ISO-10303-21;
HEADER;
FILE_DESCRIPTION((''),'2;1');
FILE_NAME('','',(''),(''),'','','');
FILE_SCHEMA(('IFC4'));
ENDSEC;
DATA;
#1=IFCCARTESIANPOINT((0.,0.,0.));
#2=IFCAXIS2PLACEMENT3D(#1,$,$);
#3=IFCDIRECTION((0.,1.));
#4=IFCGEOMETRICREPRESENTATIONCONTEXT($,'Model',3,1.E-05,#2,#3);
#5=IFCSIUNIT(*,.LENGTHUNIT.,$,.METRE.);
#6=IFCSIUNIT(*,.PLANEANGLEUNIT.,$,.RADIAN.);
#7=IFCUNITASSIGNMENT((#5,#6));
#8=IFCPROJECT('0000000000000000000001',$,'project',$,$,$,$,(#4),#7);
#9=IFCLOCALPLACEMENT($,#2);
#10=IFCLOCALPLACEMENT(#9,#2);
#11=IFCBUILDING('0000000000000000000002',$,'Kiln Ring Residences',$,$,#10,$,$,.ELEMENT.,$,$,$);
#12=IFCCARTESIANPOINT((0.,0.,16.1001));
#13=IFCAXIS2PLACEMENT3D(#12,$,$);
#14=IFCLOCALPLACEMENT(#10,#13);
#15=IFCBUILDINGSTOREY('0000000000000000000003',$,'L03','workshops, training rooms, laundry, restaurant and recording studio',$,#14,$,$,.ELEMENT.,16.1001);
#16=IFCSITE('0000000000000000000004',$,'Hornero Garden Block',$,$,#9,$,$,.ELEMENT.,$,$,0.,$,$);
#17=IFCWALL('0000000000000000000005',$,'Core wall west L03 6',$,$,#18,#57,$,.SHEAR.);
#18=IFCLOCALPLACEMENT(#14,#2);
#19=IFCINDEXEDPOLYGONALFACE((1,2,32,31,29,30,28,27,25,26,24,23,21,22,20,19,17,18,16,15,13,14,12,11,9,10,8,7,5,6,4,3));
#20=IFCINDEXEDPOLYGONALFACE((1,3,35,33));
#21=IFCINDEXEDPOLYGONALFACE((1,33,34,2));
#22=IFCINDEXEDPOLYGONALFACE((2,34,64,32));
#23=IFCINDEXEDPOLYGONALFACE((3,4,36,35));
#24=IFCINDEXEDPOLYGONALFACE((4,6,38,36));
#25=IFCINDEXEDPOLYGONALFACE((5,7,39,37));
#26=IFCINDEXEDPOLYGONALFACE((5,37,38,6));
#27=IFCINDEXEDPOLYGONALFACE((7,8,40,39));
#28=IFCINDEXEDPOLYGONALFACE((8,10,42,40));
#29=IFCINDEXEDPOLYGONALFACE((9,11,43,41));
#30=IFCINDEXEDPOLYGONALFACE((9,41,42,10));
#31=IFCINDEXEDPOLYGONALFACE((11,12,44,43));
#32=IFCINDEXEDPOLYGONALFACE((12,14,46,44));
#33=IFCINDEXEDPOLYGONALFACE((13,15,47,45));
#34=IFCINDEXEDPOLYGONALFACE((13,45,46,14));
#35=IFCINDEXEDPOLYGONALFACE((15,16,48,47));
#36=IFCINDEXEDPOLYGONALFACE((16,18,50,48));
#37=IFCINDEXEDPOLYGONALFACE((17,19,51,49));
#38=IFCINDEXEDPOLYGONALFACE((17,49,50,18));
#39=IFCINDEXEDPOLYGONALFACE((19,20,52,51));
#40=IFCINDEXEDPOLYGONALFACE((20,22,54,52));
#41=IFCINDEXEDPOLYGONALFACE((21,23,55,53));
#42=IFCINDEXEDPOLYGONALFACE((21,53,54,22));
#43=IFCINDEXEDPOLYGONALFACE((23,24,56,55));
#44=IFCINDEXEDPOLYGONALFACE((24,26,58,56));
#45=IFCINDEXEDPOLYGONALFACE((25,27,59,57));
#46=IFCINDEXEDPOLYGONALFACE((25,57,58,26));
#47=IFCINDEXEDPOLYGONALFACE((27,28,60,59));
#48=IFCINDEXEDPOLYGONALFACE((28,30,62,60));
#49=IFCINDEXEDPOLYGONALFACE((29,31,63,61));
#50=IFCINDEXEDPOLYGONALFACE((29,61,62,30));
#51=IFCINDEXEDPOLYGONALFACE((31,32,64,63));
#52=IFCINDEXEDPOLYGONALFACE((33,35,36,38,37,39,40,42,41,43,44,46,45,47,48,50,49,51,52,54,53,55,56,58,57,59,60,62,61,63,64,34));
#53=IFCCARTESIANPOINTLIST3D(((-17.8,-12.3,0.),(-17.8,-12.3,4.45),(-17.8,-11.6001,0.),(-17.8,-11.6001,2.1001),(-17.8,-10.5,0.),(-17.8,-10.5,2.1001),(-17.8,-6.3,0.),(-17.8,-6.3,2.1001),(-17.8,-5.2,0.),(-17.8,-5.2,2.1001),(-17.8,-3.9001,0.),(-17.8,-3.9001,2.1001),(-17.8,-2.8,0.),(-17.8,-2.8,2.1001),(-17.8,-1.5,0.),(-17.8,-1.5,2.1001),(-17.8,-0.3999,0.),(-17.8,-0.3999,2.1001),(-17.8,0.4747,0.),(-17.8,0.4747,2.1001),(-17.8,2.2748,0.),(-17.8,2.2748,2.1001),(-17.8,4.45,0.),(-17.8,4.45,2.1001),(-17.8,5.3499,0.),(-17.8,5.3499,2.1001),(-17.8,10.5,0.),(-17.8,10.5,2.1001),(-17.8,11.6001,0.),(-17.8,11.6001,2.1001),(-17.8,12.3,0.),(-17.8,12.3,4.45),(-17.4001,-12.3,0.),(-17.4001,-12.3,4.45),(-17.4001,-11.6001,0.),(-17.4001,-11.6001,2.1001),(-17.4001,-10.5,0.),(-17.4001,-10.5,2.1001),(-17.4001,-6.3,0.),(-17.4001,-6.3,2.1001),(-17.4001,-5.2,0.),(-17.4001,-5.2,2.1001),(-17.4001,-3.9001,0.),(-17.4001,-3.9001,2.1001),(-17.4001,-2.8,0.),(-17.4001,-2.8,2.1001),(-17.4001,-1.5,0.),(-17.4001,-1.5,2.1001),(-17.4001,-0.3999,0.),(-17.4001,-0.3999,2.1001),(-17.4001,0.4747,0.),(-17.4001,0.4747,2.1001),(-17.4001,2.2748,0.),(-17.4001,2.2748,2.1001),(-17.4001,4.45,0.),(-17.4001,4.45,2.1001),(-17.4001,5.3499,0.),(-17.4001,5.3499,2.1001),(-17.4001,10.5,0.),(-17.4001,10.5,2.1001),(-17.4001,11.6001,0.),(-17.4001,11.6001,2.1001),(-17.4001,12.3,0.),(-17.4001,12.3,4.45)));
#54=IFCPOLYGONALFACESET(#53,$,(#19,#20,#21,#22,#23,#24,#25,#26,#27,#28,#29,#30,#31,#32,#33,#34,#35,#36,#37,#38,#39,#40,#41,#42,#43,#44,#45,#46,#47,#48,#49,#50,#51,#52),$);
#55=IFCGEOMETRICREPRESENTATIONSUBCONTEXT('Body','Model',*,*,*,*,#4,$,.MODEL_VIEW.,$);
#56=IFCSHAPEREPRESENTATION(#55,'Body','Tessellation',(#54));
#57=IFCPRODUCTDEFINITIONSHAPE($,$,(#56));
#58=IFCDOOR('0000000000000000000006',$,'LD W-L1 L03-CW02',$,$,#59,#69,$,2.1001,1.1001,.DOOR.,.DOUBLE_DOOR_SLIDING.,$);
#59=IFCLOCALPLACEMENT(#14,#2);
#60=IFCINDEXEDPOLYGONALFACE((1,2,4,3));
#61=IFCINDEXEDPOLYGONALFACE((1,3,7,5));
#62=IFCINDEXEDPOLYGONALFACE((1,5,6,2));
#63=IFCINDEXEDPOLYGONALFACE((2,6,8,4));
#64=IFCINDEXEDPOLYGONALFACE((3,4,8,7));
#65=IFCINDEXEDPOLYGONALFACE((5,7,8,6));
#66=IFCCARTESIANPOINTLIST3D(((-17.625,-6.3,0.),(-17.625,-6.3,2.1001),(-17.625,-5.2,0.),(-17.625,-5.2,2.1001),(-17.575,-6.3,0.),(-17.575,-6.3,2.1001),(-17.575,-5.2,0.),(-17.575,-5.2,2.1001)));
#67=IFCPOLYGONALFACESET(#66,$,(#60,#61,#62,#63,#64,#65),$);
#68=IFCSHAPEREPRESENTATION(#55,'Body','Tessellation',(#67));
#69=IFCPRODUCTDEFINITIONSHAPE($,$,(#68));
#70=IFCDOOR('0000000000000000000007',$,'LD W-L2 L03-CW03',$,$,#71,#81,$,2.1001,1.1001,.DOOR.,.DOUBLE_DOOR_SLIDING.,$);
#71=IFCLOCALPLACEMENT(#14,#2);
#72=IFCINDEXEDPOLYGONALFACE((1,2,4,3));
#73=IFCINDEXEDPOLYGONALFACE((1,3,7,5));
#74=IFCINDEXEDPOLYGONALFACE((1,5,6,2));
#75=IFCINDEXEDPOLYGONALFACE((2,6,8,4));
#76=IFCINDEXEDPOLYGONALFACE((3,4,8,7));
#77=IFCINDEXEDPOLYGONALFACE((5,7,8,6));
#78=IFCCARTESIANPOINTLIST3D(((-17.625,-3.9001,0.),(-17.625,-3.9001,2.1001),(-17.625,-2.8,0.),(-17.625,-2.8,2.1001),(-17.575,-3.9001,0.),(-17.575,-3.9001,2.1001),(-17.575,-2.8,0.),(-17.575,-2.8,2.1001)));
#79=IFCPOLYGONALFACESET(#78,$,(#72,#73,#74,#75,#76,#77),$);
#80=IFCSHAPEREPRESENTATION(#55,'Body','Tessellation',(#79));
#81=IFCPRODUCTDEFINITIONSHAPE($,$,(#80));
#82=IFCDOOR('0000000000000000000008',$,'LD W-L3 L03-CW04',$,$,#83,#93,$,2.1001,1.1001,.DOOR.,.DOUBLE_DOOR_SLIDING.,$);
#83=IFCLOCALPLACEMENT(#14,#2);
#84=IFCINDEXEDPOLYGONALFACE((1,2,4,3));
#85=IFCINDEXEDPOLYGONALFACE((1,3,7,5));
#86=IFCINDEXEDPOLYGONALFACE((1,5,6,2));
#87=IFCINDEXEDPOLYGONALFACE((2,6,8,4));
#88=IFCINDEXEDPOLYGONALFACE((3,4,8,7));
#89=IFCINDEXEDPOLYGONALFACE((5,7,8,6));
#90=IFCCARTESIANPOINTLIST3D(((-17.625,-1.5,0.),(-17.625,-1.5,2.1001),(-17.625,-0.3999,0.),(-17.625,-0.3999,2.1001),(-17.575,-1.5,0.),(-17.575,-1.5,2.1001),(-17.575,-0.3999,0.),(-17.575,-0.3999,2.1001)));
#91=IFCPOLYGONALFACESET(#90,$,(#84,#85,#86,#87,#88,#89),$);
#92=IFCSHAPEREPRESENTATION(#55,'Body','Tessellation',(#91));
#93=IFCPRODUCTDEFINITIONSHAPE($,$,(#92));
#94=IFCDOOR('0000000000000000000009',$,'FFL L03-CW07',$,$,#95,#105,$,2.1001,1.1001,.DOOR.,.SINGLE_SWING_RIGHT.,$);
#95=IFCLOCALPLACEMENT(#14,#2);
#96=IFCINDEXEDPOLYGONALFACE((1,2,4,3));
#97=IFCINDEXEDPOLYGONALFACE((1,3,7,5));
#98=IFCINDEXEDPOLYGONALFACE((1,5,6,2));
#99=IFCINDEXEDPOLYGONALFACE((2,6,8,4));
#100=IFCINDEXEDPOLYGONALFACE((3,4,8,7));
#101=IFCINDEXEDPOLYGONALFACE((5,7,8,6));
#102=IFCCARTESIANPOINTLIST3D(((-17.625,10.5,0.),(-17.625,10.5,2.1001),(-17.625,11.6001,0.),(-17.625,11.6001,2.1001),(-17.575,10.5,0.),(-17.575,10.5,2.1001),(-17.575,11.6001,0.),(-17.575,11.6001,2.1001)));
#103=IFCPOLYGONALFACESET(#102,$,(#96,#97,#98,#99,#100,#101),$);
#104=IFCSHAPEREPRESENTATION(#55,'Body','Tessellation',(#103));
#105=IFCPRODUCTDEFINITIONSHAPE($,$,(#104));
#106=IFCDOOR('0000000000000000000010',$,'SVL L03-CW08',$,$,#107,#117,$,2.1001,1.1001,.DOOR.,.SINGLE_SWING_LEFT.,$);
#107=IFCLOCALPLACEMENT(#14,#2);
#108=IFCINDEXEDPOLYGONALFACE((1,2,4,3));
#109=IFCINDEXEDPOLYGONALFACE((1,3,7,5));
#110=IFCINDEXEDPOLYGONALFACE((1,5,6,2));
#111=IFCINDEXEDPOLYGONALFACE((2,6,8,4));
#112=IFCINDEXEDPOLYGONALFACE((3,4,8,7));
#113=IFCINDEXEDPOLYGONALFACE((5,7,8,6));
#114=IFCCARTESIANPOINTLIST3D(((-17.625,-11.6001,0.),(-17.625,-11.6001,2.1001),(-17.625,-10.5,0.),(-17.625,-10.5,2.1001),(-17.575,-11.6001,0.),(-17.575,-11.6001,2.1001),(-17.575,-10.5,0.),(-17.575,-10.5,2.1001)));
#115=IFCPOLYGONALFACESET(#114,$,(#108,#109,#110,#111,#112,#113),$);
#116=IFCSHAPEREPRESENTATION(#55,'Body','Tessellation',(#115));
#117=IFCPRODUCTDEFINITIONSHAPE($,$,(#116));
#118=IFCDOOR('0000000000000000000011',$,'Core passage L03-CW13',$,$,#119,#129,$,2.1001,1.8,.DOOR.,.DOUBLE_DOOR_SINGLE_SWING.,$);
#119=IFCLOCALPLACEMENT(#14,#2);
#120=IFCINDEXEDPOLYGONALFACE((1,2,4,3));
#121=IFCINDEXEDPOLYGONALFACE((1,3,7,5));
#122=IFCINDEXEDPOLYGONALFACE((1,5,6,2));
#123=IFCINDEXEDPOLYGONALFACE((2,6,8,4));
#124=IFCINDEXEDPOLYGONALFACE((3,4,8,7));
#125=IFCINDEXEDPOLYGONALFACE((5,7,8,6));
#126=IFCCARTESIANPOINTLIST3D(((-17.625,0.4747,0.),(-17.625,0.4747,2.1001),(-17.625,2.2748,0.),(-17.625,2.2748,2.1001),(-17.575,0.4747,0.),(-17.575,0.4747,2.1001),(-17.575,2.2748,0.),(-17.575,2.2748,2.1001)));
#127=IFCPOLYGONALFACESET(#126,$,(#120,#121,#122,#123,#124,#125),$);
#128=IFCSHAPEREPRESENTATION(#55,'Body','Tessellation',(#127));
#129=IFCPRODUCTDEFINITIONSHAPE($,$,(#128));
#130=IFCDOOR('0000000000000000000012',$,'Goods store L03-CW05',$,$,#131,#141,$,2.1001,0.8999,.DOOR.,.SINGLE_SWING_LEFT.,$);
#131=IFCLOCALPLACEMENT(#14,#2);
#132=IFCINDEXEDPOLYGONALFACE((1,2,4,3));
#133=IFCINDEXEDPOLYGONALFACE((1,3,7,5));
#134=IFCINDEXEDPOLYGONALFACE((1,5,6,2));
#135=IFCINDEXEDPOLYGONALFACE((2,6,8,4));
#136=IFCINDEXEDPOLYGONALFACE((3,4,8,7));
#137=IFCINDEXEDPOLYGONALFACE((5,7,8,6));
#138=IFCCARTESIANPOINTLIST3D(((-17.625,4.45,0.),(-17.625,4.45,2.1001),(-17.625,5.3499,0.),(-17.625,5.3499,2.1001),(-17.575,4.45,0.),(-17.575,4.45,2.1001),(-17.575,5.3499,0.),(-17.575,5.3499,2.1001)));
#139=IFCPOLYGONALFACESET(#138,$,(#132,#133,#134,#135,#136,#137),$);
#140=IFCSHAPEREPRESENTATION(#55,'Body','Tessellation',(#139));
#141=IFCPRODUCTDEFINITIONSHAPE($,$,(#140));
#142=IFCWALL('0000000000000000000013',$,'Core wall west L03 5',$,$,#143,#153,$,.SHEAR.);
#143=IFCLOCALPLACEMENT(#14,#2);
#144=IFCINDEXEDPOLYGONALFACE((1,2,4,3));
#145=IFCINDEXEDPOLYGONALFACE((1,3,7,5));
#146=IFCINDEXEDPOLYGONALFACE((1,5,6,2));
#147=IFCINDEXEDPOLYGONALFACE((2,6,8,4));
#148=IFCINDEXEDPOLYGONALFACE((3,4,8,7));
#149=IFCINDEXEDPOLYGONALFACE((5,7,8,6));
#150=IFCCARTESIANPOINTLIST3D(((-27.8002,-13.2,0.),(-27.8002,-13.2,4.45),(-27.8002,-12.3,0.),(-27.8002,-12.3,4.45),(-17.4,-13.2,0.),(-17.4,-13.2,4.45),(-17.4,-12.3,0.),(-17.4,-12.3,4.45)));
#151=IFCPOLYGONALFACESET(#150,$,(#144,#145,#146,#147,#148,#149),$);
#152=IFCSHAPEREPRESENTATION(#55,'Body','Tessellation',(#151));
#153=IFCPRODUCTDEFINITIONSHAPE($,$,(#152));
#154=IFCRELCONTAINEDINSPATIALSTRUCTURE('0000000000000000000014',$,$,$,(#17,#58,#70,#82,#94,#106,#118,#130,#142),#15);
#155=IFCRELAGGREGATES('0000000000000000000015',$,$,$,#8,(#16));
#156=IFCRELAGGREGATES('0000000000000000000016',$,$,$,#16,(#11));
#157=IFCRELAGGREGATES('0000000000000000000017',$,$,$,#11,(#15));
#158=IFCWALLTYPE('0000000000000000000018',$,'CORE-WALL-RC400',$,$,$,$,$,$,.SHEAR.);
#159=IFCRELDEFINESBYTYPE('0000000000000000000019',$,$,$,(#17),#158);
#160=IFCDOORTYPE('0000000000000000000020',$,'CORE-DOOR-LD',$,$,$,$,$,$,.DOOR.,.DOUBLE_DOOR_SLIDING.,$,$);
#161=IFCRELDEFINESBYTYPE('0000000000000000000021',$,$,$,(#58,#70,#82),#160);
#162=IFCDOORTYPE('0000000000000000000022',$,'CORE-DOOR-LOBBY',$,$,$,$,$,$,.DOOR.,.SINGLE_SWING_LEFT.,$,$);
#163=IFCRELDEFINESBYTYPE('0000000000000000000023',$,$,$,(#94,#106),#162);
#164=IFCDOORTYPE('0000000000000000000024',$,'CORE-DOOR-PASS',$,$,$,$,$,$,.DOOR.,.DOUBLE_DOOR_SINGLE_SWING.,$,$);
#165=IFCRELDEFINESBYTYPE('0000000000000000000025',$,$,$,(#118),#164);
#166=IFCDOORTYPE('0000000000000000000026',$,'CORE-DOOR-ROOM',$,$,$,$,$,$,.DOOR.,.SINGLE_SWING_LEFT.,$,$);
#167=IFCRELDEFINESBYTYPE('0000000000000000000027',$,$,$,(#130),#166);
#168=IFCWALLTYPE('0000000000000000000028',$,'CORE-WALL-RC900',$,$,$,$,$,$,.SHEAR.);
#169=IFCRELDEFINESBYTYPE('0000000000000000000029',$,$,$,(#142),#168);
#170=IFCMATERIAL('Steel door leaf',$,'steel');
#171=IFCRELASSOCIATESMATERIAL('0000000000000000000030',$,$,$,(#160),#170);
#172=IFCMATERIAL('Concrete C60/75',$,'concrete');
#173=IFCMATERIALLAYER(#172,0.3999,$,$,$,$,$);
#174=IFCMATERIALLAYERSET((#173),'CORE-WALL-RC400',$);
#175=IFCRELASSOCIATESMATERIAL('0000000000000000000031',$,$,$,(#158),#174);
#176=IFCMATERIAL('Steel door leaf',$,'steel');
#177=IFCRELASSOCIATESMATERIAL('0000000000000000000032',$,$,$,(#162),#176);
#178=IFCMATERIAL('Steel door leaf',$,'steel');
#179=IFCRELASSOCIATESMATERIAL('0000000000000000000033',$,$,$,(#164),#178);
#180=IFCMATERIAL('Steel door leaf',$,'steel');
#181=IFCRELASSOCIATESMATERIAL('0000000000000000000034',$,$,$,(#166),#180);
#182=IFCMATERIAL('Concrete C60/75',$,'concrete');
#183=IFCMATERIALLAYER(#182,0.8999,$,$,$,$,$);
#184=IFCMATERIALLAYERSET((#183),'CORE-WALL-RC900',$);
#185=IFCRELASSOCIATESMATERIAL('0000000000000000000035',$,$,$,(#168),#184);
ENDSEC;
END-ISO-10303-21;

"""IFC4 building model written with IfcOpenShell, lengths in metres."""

from ifc_helpers import new_model, si_unit, direction, frame, frame_2d, origin, place, context, subcontext, project, spatial, rectangle, extrude, material, layer, layer_set, type_object, element, fill, save


model = new_model("IFC4")

# Units and contexts
model_context = context("Model", 3, precision=1e-05, world=origin(), true_north=direction((0.0, 1.0)))
body_context = subcontext(model_context, "Body", "Model", "MODEL_VIEW")
ifc_project = project(units=[si_unit("LENGTHUNIT", "METRE"), si_unit("PLANEANGLEUNIT", "RADIAN")], contexts=[model_context])

# Site, building, storey
site_placement = place(None, origin())
site = spatial("IfcSite", under=ifc_project, at=site_placement, Name="Hornero Garden Block", CompositionType="ELEMENT", RefElevation=0.0)
building_placement = place(site_placement, origin())
building = spatial("IfcBuilding", under=site, at=building_placement, Name="Kiln Ring Residences", CompositionType="ELEMENT")
storey_placement = place(building_placement, frame((0.0, 0.0, 16.1001)))
storey = spatial("IfcBuildingStorey", under=building, at=storey_placement, Name="L03", Description="workshops, training rooms, laundry, restaurant and recording studio", CompositionType="ELEMENT", Elevation=16.1001)

# Wall, openings, doors
ifc_material_1 = material(Name="Steel door leaf", Category="steel")
door_type_1 = type_object("IfcDoorType", Name="CORE-DOOR-LD", OperationType="DOUBLE_DOOR_SLIDING", PredefinedType="DOOR", material=ifc_material_1)
ifc_material_2 = material(Name="Concrete C60/75", Category="concrete")
ifc_layer_1 = layer(ifc_material_2, 0.3999)
ifc_layer_set_1 = layer_set([ifc_layer_1], Name="CORE-WALL-RC400")
wall_type_1 = type_object("IfcWallType", Name="CORE-WALL-RC400", PredefinedType="SHEAR", material=ifc_layer_set_1)
wall_1_placement = place(storey_placement, frame((-17.6001, -12.3, 0.0), z_axis=(0.0, 0.0, 1.0), x_axis=(0.0, 1.0, 0.0)))
wall_1 = element("IfcWall", 1, at=wall_1_placement, inside=storey, type_object=wall_type_1, Name="Core wall west L03 6", PredefinedType="SHEAR", context=body_context, shape_type="SweptSolid", body=[
    extrude(rectangle(XDim=24.6001, YDim=0.3999, at=frame_2d((12.3, 0.0))), origin(), (0.0, 0.0, 1.0), 4.45),
])
opening_1_placement = place(wall_1_placement, frame((6.0, 0.0, 0.0)))
opening_1 = element("IfcOpeningElement", 2, at=opening_1_placement, cuts=wall_1, PredefinedType="OPENING", context=body_context, shape_type="SweptSolid", body=[
    extrude(rectangle(XDim=1.1001, YDim=2.1001, at=frame_2d((0.55, 1.05))), frame((0.0, 0.21, 0.0), z_axis=(0.0, -1.0, 0.0), x_axis=(1.0, 0.0, 0.0)), (0.0, 0.0, 1.0), 0.4199),
])
opening_2_placement = place(wall_1_placement, frame((8.3999, 0.0, 0.0)))
opening_2 = element("IfcOpeningElement", 3, at=opening_2_placement, cuts=wall_1, PredefinedType="OPENING", context=body_context, shape_type="SweptSolid", body=[
    extrude(rectangle(XDim=1.1001, YDim=2.1001, at=frame_2d((0.55, 1.05))), frame((0.0, 0.21, 0.0), z_axis=(0.0, -1.0, 0.0), x_axis=(1.0, 0.0, 0.0)), (0.0, 0.0, 1.0), 0.4199),
])
opening_3_placement = place(wall_1_placement, frame((10.8, 0.0, 0.0)))
opening_3 = element("IfcOpeningElement", 4, at=opening_3_placement, cuts=wall_1, PredefinedType="OPENING", context=body_context, shape_type="SweptSolid", body=[
    extrude(rectangle(XDim=1.1001, YDim=2.1001, at=frame_2d((0.55, 1.05))), frame((0.0, 0.21, 0.0), z_axis=(0.0, -1.0, 0.0), x_axis=(1.0, 0.0, 0.0)), (0.0, 0.0, 1.0), 0.4199),
])
opening_4_placement = place(wall_1_placement, frame((16.75, 0.0, 0.0)))
opening_4 = element("IfcOpeningElement", 5, at=opening_4_placement, cuts=wall_1, PredefinedType="OPENING", context=body_context, shape_type="SweptSolid", body=[
    extrude(rectangle(XDim=0.8999, YDim=2.1001, at=frame_2d((0.45, 1.05))), frame((0.0, 0.21, 0.0), z_axis=(0.0, -1.0, 0.0), x_axis=(1.0, 0.0, 0.0)), (0.0, 0.0, 1.0), 0.4199),
])
opening_5_placement = place(wall_1_placement, frame((22.8, 0.0, 0.0)))
opening_5 = element("IfcOpeningElement", 6, at=opening_5_placement, cuts=wall_1, PredefinedType="OPENING", context=body_context, shape_type="SweptSolid", body=[
    extrude(rectangle(XDim=1.1001, YDim=2.1001, at=frame_2d((0.55, 1.05))), frame((0.0, 0.21, 0.0), z_axis=(0.0, -1.0, 0.0), x_axis=(1.0, 0.0, 0.0)), (0.0, 0.0, 1.0), 0.4199),
])
opening_6_placement = place(wall_1_placement, frame((0.7, 0.0, 0.0)))
opening_6 = element("IfcOpeningElement", 7, at=opening_6_placement, cuts=wall_1, PredefinedType="OPENING", context=body_context, shape_type="SweptSolid", body=[
    extrude(rectangle(XDim=1.1001, YDim=2.1001, at=frame_2d((0.55, 1.05))), frame((0.0, 0.21, 0.0), z_axis=(0.0, -1.0, 0.0), x_axis=(1.0, 0.0, 0.0)), (0.0, 0.0, 1.0), 0.4199),
])
opening_7_placement = place(wall_1_placement, frame((12.7749, 0.0, 0.0)))
opening_7 = element("IfcOpeningElement", 8, at=opening_7_placement, cuts=wall_1, PredefinedType="OPENING", context=body_context, shape_type="SweptSolid", body=[
    extrude(rectangle(XDim=1.8, YDim=2.1001, at=frame_2d((0.8999, 1.05))), frame((0.0, 0.21, 0.0), z_axis=(0.0, -1.0, 0.0), x_axis=(1.0, 0.0, 0.0)), (0.0, 0.0, 1.0), 0.4199),
])
door_1_placement = place(opening_1_placement, origin())
door_1 = element("IfcDoor", 9, at=door_1_placement, inside=storey, type_object=door_type_1, Name="LD W-L1 L03-CW02", OperationType="DOUBLE_DOOR_SLIDING", OverallHeight=2.1001, OverallWidth=1.1001, PredefinedType="DOOR", context=body_context, shape_type="SweptSolid", body=[
    extrude(rectangle(XDim=1.1001, YDim=2.1001, at=frame_2d((0.55, 1.05))), frame((0.0, 0.0249, 0.0), z_axis=(0.0, -1.0, 0.0), x_axis=(1.0, 0.0, 0.0)), (0.0, 0.0, 1.0), 0.05),
])
fill(opening_1, door_1)
door_2_placement = place(opening_2_placement, origin())
door_2 = element("IfcDoor", 10, at=door_2_placement, inside=storey, type_object=door_type_1, Name="LD W-L2 L03-CW03", OperationType="DOUBLE_DOOR_SLIDING", OverallHeight=2.1001, OverallWidth=1.1001, PredefinedType="DOOR", context=body_context, shape_type="SweptSolid", body=[
    extrude(rectangle(XDim=1.1001, YDim=2.1001, at=frame_2d((0.55, 1.05))), frame((0.0, 0.0249, 0.0), z_axis=(0.0, -1.0, 0.0), x_axis=(1.0, 0.0, 0.0)), (0.0, 0.0, 1.0), 0.05),
])
fill(opening_2, door_2)
door_3_placement = place(opening_3_placement, origin())
door_3 = element("IfcDoor", 11, at=door_3_placement, inside=storey, type_object=door_type_1, Name="LD W-L3 L03-CW04", OperationType="DOUBLE_DOOR_SLIDING", OverallHeight=2.1001, OverallWidth=1.1001, PredefinedType="DOOR", context=body_context, shape_type="SweptSolid", body=[
    extrude(rectangle(XDim=1.1001, YDim=2.1001, at=frame_2d((0.55, 1.05))), frame((0.0, 0.0249, 0.0), z_axis=(0.0, -1.0, 0.0), x_axis=(1.0, 0.0, 0.0)), (0.0, 0.0, 1.0), 0.05),
])
fill(opening_3, door_3)
ifc_material_3 = material(Name="Steel door leaf", Category="steel")
door_type_2 = type_object("IfcDoorType", Name="CORE-DOOR-LOBBY", OperationType="SINGLE_SWING_LEFT", PredefinedType="DOOR", material=ifc_material_3)
door_4_placement = place(opening_5_placement, origin())
door_4 = element("IfcDoor", 12, at=door_4_placement, inside=storey, type_object=door_type_2, Name="FFL L03-CW07", OperationType="SINGLE_SWING_RIGHT", OverallHeight=2.1001, OverallWidth=1.1001, PredefinedType="DOOR", context=body_context, shape_type="SweptSolid", body=[
    extrude(rectangle(XDim=1.1001, YDim=2.1001, at=frame_2d((0.55, 1.05))), frame((0.0, 0.0249, 0.0), z_axis=(0.0, -1.0, 0.0), x_axis=(1.0, 0.0, 0.0)), (0.0, 0.0, 1.0), 0.05),
])
fill(opening_5, door_4)
door_5_placement = place(opening_6_placement, origin())
door_5 = element("IfcDoor", 13, at=door_5_placement, inside=storey, type_object=door_type_2, Name="SVL L03-CW08", OperationType="SINGLE_SWING_LEFT", OverallHeight=2.1001, OverallWidth=1.1001, PredefinedType="DOOR", context=body_context, shape_type="SweptSolid", body=[
    extrude(rectangle(XDim=1.1001, YDim=2.1001, at=frame_2d((0.55, 1.05))), frame((0.0, 0.0249, 0.0), z_axis=(0.0, -1.0, 0.0), x_axis=(1.0, 0.0, 0.0)), (0.0, 0.0, 1.0), 0.05),
])
fill(opening_6, door_5)
ifc_material_4 = material(Name="Steel door leaf", Category="steel")
door_type_3 = type_object("IfcDoorType", Name="CORE-DOOR-PASS", OperationType="DOUBLE_DOOR_SINGLE_SWING", PredefinedType="DOOR", material=ifc_material_4)
door_6_placement = place(opening_7_placement, origin())
door_6 = element("IfcDoor", 14, at=door_6_placement, inside=storey, type_object=door_type_3, Name="Core passage L03-CW13", OperationType="DOUBLE_DOOR_SINGLE_SWING", OverallHeight=2.1001, OverallWidth=1.8, PredefinedType="DOOR", context=body_context, shape_type="SweptSolid", body=[
    extrude(rectangle(XDim=1.8, YDim=2.1001, at=frame_2d((0.8999, 1.05))), frame((0.0, 0.0249, 0.0), z_axis=(0.0, -1.0, 0.0), x_axis=(1.0, 0.0, 0.0)), (0.0, 0.0, 1.0), 0.05),
])
fill(opening_7, door_6)
ifc_material_5 = material(Name="Steel door leaf", Category="steel")
door_type_4 = type_object("IfcDoorType", Name="CORE-DOOR-ROOM", OperationType="SINGLE_SWING_LEFT", PredefinedType="DOOR", material=ifc_material_5)
door_7_placement = place(opening_4_placement, origin())
door_7 = element("IfcDoor", 15, at=door_7_placement, inside=storey, type_object=door_type_4, Name="Goods store L03-CW05", OperationType="SINGLE_SWING_LEFT", OverallHeight=2.1001, OverallWidth=0.8999, PredefinedType="DOOR", context=body_context, shape_type="SweptSolid", body=[
    extrude(rectangle(XDim=0.8999, YDim=2.1001, at=frame_2d((0.45, 1.05))), frame((0.0, 0.0249, 0.0), z_axis=(0.0, -1.0, 0.0), x_axis=(1.0, 0.0, 0.0)), (0.0, 0.0, 1.0), 0.05),
])
fill(opening_4, door_7)

# Wall
ifc_material_6 = material(Name="Concrete C60/75", Category="concrete")
ifc_layer_2 = layer(ifc_material_6, 0.8999)
ifc_layer_set_2 = layer_set([ifc_layer_2], Name="CORE-WALL-RC900")
wall_type_2 = type_object("IfcWallType", Name="CORE-WALL-RC900", PredefinedType="SHEAR", material=ifc_layer_set_2)
wall_2_placement = place(storey_placement, frame((-17.3999, -12.75, 0.0), z_axis=(0.0, 0.0, 1.0), x_axis=(-1.0, 0.0, 0.0)))
element("IfcWall", 16, at=wall_2_placement, inside=storey, type_object=wall_type_2, Name="Core wall west L03 5", PredefinedType="SHEAR", context=body_context, shape_type="SweptSolid", body=[
    extrude(rectangle(XDim=10.4001, YDim=0.8999, at=frame_2d((5.2002, 0.0))), origin(), (0.0, 0.0, 1.0), 4.45),
])

save(model, "model.ifc")
